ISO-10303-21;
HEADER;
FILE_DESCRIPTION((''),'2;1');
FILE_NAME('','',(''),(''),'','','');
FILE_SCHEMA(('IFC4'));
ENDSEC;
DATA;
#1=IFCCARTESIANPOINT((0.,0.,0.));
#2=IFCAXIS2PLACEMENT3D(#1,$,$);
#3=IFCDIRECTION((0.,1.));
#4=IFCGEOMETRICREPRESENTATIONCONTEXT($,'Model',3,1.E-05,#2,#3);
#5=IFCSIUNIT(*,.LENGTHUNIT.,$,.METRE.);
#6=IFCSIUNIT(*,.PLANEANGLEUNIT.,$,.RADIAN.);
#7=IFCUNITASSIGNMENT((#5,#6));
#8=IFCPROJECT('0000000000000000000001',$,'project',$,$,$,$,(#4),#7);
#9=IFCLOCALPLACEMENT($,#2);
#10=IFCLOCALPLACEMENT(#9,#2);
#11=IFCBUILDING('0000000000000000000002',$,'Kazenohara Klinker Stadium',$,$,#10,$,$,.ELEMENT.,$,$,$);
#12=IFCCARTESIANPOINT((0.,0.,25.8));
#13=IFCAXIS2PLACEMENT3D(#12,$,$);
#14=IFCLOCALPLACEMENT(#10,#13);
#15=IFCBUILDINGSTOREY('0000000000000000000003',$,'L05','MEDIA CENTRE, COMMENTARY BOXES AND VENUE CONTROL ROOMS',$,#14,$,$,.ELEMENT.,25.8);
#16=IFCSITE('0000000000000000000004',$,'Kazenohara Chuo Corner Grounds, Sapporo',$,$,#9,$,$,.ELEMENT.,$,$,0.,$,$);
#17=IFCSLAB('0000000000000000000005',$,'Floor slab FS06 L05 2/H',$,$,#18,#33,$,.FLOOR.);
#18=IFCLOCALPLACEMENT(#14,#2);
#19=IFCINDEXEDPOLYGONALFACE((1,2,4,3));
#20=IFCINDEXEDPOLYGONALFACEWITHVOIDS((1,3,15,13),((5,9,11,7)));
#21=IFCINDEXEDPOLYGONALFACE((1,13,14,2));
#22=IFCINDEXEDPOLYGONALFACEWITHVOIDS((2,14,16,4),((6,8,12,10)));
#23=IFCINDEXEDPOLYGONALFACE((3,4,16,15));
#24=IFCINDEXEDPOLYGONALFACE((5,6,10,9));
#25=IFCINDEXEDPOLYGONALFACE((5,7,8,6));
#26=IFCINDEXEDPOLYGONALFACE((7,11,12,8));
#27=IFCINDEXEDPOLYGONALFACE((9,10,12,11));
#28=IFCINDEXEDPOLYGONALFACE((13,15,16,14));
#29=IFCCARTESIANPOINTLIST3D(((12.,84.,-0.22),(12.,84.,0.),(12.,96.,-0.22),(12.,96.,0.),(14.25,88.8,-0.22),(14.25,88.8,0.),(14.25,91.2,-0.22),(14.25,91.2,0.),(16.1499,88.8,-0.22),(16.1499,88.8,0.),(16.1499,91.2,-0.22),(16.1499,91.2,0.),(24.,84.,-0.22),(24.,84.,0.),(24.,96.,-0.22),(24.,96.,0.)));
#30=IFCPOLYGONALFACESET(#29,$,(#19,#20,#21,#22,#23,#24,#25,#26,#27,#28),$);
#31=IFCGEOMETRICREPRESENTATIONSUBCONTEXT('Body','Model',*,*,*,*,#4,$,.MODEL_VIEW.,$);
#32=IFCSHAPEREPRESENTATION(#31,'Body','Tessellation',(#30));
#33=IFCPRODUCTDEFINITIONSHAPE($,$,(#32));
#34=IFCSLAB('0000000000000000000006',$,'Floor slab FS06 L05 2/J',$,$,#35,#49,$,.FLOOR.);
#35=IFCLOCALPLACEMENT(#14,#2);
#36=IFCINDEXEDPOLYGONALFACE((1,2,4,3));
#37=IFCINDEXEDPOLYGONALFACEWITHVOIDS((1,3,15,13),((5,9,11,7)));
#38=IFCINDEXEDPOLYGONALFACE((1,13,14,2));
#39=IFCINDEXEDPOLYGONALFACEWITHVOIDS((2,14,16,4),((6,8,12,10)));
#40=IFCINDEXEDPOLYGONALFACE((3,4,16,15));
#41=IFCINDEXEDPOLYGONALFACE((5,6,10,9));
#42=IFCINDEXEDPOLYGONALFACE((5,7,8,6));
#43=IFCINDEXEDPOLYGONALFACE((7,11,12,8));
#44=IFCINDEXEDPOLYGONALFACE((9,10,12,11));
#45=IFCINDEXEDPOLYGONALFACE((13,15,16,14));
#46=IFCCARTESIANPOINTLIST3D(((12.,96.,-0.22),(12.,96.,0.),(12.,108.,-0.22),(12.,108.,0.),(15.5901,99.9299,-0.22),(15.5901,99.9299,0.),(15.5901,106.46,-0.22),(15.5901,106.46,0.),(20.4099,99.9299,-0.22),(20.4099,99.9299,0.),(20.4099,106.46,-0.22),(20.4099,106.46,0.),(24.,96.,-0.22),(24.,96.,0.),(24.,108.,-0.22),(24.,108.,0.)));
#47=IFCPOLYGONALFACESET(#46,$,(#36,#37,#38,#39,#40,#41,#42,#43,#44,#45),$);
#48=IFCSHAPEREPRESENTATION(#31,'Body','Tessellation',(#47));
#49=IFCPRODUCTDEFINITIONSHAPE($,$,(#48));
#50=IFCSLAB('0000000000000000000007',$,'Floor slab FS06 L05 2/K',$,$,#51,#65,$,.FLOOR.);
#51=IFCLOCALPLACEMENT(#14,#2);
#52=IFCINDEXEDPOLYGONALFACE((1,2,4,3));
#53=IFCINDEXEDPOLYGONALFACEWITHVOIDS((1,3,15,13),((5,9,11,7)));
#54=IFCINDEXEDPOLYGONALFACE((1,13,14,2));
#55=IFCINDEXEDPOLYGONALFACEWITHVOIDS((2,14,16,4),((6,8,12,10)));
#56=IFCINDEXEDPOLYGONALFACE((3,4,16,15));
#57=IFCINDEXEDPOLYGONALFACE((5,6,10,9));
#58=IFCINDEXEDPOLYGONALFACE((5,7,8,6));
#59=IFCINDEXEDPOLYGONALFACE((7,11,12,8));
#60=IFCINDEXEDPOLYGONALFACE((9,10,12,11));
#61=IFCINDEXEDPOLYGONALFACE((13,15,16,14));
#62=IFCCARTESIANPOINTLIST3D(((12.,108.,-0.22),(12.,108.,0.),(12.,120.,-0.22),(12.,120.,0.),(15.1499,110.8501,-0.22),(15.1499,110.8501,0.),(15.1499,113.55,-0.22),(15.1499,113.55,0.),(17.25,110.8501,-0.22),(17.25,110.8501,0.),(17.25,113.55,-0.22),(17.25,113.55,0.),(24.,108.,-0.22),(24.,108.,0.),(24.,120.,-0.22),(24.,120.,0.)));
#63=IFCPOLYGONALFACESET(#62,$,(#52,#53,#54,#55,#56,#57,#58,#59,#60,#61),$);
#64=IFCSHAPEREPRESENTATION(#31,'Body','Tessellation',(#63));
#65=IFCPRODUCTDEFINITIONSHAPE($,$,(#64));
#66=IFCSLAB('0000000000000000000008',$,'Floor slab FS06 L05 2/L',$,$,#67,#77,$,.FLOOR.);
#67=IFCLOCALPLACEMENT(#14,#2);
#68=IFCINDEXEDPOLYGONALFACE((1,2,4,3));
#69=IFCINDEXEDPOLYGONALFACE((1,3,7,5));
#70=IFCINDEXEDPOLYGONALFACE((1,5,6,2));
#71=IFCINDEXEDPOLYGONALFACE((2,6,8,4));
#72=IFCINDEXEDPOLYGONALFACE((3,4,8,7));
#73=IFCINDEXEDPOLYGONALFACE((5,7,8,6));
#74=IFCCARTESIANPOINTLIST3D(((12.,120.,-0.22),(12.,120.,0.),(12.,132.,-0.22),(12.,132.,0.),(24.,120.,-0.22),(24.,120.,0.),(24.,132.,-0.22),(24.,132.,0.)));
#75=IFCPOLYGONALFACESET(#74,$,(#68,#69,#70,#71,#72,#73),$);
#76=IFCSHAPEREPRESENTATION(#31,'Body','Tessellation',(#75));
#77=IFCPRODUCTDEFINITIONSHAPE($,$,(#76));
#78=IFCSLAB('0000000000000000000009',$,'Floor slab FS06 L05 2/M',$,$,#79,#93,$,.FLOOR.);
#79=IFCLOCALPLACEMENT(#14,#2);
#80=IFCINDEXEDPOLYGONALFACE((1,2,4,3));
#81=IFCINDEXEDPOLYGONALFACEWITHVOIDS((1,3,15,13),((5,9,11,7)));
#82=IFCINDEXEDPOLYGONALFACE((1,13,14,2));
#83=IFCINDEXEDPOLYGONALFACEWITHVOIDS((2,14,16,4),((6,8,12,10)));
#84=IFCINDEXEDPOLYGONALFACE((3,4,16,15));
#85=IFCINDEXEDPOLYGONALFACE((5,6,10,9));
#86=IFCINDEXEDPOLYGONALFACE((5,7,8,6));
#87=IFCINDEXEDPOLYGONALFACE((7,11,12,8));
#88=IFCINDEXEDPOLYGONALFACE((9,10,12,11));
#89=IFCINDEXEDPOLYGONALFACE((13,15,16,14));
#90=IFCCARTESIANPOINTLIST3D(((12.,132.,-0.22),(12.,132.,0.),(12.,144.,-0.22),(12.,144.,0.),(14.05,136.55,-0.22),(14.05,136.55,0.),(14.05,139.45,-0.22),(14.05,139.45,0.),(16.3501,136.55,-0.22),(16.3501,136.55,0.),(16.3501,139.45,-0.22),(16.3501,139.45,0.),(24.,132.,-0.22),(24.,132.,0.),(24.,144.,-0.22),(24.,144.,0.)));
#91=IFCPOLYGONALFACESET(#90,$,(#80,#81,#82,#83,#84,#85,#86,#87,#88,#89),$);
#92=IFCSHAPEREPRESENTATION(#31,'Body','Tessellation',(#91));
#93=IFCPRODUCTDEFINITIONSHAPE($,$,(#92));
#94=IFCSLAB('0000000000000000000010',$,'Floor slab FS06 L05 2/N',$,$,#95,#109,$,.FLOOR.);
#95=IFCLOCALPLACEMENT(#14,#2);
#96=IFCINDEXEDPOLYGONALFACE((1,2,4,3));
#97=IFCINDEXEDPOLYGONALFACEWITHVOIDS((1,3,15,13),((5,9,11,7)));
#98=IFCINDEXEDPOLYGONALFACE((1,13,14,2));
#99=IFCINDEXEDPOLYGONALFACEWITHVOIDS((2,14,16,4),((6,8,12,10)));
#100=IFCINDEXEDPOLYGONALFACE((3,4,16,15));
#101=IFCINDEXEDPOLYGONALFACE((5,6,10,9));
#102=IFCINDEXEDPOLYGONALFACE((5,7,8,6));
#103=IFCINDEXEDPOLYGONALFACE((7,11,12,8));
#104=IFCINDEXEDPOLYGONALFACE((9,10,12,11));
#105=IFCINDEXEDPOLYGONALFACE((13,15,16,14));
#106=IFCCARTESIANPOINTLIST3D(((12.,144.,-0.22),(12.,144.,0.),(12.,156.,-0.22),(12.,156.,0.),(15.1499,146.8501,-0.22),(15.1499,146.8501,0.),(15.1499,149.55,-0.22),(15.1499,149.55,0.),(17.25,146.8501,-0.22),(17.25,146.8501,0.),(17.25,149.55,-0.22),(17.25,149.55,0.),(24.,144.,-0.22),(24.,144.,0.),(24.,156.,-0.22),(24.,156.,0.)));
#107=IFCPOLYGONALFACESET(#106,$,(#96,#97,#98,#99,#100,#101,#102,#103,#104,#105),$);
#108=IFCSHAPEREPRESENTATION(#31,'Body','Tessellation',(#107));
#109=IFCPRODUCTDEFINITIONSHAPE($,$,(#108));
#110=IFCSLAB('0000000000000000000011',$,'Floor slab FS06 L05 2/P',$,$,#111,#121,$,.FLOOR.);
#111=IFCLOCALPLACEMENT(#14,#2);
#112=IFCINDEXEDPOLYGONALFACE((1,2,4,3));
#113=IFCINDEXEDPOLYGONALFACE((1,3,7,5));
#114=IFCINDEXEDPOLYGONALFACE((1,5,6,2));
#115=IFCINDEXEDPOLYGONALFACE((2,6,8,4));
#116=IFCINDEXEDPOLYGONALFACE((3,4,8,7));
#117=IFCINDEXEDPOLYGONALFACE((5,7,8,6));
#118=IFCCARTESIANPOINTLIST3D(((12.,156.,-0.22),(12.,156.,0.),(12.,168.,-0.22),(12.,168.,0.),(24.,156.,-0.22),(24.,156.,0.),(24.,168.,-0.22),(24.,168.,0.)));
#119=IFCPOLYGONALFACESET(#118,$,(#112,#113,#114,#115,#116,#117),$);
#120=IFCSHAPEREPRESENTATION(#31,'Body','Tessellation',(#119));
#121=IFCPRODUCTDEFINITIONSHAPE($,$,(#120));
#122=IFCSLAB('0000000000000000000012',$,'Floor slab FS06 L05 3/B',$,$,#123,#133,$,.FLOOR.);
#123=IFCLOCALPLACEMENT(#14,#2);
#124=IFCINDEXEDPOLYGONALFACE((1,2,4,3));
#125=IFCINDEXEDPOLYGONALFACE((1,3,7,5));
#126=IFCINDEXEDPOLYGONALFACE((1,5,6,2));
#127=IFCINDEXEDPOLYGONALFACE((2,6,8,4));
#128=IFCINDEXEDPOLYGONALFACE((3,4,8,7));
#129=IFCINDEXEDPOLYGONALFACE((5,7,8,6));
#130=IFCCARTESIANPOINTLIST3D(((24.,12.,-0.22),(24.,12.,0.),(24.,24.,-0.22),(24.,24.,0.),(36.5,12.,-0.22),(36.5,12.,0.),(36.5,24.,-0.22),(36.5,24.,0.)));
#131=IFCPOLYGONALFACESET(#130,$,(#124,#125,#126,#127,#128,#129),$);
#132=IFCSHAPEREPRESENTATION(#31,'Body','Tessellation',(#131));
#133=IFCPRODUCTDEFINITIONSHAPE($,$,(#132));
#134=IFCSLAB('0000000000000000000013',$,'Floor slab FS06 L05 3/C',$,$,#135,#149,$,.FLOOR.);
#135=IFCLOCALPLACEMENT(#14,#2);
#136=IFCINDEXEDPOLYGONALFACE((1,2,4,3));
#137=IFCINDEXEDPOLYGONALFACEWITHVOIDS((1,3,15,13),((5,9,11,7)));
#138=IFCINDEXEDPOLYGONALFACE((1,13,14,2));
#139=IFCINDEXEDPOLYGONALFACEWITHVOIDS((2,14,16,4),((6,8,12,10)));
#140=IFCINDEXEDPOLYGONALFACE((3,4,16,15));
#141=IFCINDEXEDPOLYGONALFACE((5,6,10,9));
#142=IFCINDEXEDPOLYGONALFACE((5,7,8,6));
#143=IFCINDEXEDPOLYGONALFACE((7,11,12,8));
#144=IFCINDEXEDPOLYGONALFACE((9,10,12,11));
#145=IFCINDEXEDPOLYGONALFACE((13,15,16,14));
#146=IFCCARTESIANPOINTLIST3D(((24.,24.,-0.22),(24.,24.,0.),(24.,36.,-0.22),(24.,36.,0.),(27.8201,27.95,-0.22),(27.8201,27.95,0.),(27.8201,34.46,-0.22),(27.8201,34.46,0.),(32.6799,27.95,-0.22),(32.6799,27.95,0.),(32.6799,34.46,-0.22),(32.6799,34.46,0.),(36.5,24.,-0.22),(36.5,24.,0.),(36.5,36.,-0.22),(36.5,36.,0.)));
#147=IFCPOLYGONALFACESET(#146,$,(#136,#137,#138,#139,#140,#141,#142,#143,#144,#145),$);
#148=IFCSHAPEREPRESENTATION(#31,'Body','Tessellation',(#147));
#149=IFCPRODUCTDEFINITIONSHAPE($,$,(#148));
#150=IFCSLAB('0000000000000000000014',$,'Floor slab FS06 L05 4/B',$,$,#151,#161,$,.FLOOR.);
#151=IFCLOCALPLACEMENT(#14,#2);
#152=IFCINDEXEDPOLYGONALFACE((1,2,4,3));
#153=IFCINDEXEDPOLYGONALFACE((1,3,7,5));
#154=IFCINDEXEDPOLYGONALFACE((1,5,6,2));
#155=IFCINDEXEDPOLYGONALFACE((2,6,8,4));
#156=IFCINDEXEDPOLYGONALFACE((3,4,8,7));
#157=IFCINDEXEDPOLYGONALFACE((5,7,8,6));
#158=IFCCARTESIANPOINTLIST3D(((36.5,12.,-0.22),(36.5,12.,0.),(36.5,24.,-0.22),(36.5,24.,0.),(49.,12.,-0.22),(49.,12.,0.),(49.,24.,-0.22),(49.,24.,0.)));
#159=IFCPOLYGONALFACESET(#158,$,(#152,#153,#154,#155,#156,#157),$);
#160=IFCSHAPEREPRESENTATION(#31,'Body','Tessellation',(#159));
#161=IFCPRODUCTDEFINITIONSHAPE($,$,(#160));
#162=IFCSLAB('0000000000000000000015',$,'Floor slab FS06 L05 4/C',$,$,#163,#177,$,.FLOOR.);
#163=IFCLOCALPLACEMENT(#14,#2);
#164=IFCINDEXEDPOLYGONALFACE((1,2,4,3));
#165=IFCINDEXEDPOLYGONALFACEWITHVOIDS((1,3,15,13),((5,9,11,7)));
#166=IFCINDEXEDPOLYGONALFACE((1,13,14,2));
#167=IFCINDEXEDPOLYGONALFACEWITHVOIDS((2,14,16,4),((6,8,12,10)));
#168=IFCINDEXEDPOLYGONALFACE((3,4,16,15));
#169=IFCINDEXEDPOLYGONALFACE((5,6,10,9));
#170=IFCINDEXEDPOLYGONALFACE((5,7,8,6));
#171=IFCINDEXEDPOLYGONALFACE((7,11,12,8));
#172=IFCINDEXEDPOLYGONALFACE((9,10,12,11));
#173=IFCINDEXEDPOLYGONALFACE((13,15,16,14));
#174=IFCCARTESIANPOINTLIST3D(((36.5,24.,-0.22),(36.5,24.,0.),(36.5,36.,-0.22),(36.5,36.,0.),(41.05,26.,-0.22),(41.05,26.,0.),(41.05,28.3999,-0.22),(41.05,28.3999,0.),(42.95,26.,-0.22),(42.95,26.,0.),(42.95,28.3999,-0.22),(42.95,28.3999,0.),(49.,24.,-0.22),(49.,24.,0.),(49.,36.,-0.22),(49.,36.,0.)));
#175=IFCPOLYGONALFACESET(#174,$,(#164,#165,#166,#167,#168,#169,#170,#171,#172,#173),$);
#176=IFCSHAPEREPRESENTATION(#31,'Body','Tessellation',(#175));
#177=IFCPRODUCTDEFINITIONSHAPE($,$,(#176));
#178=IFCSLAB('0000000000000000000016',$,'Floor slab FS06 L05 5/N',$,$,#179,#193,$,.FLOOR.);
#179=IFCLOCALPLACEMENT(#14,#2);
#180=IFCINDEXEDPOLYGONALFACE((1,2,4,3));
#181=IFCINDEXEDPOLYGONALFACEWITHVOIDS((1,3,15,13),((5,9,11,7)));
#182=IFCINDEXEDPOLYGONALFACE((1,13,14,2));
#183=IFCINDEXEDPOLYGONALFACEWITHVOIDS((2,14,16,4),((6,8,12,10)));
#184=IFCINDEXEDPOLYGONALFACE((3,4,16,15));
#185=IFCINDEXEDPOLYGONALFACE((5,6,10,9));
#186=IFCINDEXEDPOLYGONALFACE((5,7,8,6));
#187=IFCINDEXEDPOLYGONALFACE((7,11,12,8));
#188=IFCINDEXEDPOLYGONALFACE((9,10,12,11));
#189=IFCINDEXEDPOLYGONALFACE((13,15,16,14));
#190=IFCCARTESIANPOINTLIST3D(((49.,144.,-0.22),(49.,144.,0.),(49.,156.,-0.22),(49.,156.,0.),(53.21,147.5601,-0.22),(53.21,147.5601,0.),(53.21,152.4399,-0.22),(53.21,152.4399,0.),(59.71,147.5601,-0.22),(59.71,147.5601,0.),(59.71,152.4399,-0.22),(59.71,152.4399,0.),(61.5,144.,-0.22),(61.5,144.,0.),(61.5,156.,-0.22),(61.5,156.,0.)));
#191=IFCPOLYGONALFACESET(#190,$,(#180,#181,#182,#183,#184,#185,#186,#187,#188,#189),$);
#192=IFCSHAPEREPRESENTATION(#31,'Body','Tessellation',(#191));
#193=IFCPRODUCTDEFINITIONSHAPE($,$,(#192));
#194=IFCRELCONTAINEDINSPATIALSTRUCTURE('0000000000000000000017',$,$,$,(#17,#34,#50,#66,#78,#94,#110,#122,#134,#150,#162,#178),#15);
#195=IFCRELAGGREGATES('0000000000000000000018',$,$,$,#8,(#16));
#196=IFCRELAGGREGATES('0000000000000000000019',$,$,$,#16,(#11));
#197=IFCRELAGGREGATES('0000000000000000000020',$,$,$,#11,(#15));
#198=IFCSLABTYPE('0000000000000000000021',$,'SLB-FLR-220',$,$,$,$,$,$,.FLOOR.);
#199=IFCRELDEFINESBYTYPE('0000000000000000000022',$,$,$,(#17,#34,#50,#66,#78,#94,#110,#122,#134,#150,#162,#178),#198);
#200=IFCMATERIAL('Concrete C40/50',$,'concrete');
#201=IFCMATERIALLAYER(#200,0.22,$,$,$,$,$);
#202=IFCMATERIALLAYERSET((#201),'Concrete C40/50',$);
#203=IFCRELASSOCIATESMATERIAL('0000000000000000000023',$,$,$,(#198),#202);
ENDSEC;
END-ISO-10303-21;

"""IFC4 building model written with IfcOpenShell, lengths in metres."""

from ifc_helpers import new_model, si_unit, direction, frame, origin, place, context, subcontext, project, spatial, polyline, outline, extrude, material, layer, layer_set, type_object, element, save


model = new_model("IFC4")

# Units and contexts
model_context = context("Model", 3, precision=1e-05, world=origin(), true_north=direction((0.0, 1.0)))
body_context = subcontext(model_context, "Body", "Model", "MODEL_VIEW")
ifc_project = project(units=[si_unit("LENGTHUNIT", "METRE"), si_unit("PLANEANGLEUNIT", "RADIAN")], contexts=[model_context])

# Site, building, storey
site_placement = place(None, origin())
site = spatial("IfcSite", under=ifc_project, at=site_placement, Name="Kazenohara Chuo Corner Grounds, Sapporo", CompositionType="ELEMENT", RefElevation=0.0)
building_placement = place(site_placement, origin())
building = spatial("IfcBuilding", under=site, at=building_placement, Name="Kazenohara Klinker Stadium", CompositionType="ELEMENT")
storey_placement = place(building_placement, frame((0.0, 0.0, 25.8)))
storey = spatial("IfcBuildingStorey", under=building, at=storey_placement, Name="L05", Description="MEDIA CENTRE, COMMENTARY BOXES AND VENUE CONTROL ROOMS", CompositionType="ELEMENT", Elevation=25.8)

# Slabs
ifc_material = material(Name="Concrete C40/50", Category="concrete")
ifc_layer = layer(ifc_material, 0.22)
ifc_layer_set = layer_set([ifc_layer], Name="Concrete C40/50")
slab_type = type_object("IfcSlabType", Name="SLB-FLR-220", PredefinedType="FLOOR", material=ifc_layer_set)
slab_1_placement = place(storey_placement, frame((0.0, 0.0, -0.22)))
element("IfcSlab", 1, at=slab_1_placement, inside=storey, type_object=slab_type, Name="Floor slab FS06 L05 2/H", PredefinedType="FLOOR", context=body_context, shape_type="SweptSolid", body=[
    extrude(outline(polyline([(12.0, 84.0), (24.0, 84.0), (24.0, 96.0), (12.0, 96.0), (12.0, 84.0)]), holes=[polyline([(14.25, 88.8), (16.1499, 88.8), (16.1499, 91.2), (14.25, 91.2), (14.25, 88.8)])]), origin(), (0.0, 0.0, 1.0), 0.22),
])
slab_2_placement = place(storey_placement, frame((0.0, 0.0, -0.22)))
element("IfcSlab", 2, at=slab_2_placement, inside=storey, type_object=slab_type, Name="Floor slab FS06 L05 2/J", PredefinedType="FLOOR", context=body_context, shape_type="SweptSolid", body=[
    extrude(outline(polyline([(12.0, 96.0), (24.0, 96.0), (24.0, 108.0), (12.0, 108.0), (12.0, 96.0)]), holes=[polyline([(20.4099, 99.9299), (20.4099, 106.46), (15.5901, 106.46), (15.5901, 99.9299), (20.4099, 99.9299)])]), origin(), (0.0, 0.0, 1.0), 0.22),
])
slab_3_placement = place(storey_placement, frame((0.0, 0.0, -0.22)))
element("IfcSlab", 3, at=slab_3_placement, inside=storey, type_object=slab_type, Name="Floor slab FS06 L05 2/K", PredefinedType="FLOOR", context=body_context, shape_type="SweptSolid", body=[
    extrude(outline(polyline([(12.0, 108.0), (24.0, 108.0), (24.0, 120.0), (12.0, 120.0), (12.0, 108.0)]), holes=[polyline([(15.1499, 110.8501), (17.25, 110.8501), (17.25, 113.55), (15.1499, 113.55), (15.1499, 110.8501)])]), origin(), (0.0, 0.0, 1.0), 0.22),
])
slab_4_placement = place(storey_placement, frame((0.0, 0.0, -0.22)))
element("IfcSlab", 4, at=slab_4_placement, inside=storey, type_object=slab_type, Name="Floor slab FS06 L05 2/L", PredefinedType="FLOOR", context=body_context, shape_type="SweptSolid", body=[
    extrude(outline(polyline([(12.0, 120.0), (24.0, 120.0), (24.0, 132.0), (12.0, 132.0), (12.0, 120.0)])), origin(), (0.0, 0.0, 1.0), 0.22),
])
slab_5_placement = place(storey_placement, frame((0.0, 0.0, -0.22)))
element("IfcSlab", 5, at=slab_5_placement, inside=storey, type_object=slab_type, Name="Floor slab FS06 L05 2/M", PredefinedType="FLOOR", context=body_context, shape_type="SweptSolid", body=[
    extrude(outline(polyline([(12.0, 132.0), (24.0, 132.0), (24.0, 144.0), (12.0, 144.0), (12.0, 132.0)]), holes=[polyline([(14.05, 136.55), (16.3501, 136.55), (16.3501, 139.45), (14.05, 139.45), (14.05, 136.55)])]), origin(), (0.0, 0.0, 1.0), 0.22),
])
slab_6_placement = place(storey_placement, frame((0.0, 0.0, -0.22)))
element("IfcSlab", 6, at=slab_6_placement, inside=storey, type_object=slab_type, Name="Floor slab FS06 L05 2/N", PredefinedType="FLOOR", context=body_context, shape_type="SweptSolid", body=[
    extrude(outline(polyline([(12.0, 144.0), (24.0, 144.0), (24.0, 156.0), (12.0, 156.0), (12.0, 144.0)]), holes=[polyline([(15.1499, 146.8501), (17.25, 146.8501), (17.25, 149.55), (15.1499, 149.55), (15.1499, 146.8501)])]), origin(), (0.0, 0.0, 1.0), 0.22),
])
slab_7_placement = place(storey_placement, frame((0.0, 0.0, -0.22)))
element("IfcSlab", 7, at=slab_7_placement, inside=storey, type_object=slab_type, Name="Floor slab FS06 L05 2/P", PredefinedType="FLOOR", context=body_context, shape_type="SweptSolid", body=[
    extrude(outline(polyline([(12.0, 156.0), (24.0, 156.0), (24.0, 168.0), (12.0, 168.0), (12.0, 156.0)])), origin(), (0.0, 0.0, 1.0), 0.22),
])
slab_8_placement = place(storey_placement, frame((0.0, 0.0, -0.22)))
element("IfcSlab", 8, at=slab_8_placement, inside=storey, type_object=slab_type, Name="Floor slab FS06 L05 3/B", PredefinedType="FLOOR", context=body_context, shape_type="SweptSolid", body=[
    extrude(outline(polyline([(24.0, 12.0), (36.5, 12.0), (36.5, 24.0), (24.0, 24.0), (24.0, 12.0)])), origin(), (0.0, 0.0, 1.0), 0.22),
])
slab_9_placement = place(storey_placement, frame((0.0, 0.0, -0.22)))
element("IfcSlab", 9, at=slab_9_placement, inside=storey, type_object=slab_type, Name="Floor slab FS06 L05 3/C", PredefinedType="FLOOR", context=body_context, shape_type="SweptSolid", body=[
    extrude(outline(polyline([(24.0, 24.0), (36.5, 24.0), (36.5, 36.0), (24.0, 36.0), (24.0, 24.0)]), holes=[polyline([(32.6799, 27.95), (32.6799, 34.46), (27.8201, 34.46), (27.8201, 27.95), (32.6799, 27.95)])]), origin(), (0.0, 0.0, 1.0), 0.22),
])
slab_10_placement = place(storey_placement, frame((0.0, 0.0, -0.22)))
element("IfcSlab", 10, at=slab_10_placement, inside=storey, type_object=slab_type, Name="Floor slab FS06 L05 4/B", PredefinedType="FLOOR", context=body_context, shape_type="SweptSolid", body=[
    extrude(outline(polyline([(36.5, 12.0), (49.0, 12.0), (49.0, 24.0), (36.5, 24.0), (36.5, 12.0)])), origin(), (0.0, 0.0, 1.0), 0.22),
])
slab_11_placement = place(storey_placement, frame((0.0, 0.0, -0.22)))
element("IfcSlab", 11, at=slab_11_placement, inside=storey, type_object=slab_type, Name="Floor slab FS06 L05 4/C", PredefinedType="FLOOR", context=body_context, shape_type="SweptSolid", body=[
    extrude(outline(polyline([(36.5, 24.0), (49.0, 24.0), (49.0, 36.0), (36.5, 36.0), (36.5, 24.0)]), holes=[polyline([(41.05, 26.0), (42.95, 26.0), (42.95, 28.3999), (41.05, 28.3999), (41.05, 26.0)])]), origin(), (0.0, 0.0, 1.0), 0.22),
])
slab_12_placement = place(storey_placement, frame((0.0, 0.0, -0.22)))
element("IfcSlab", 12, at=slab_12_placement, inside=storey, type_object=slab_type, Name="Floor slab FS06 L05 5/N", PredefinedType="FLOOR", context=body_context, shape_type="SweptSolid", body=[
    extrude(outline(polyline([(49.0, 144.0), (61.5, 144.0), (61.5, 156.0), (49.0, 156.0), (49.0, 144.0)]), holes=[polyline([(53.21, 147.5601), (59.71, 147.5601), (59.71, 152.4399), (53.21, 152.4399), (53.21, 147.5601)])]), origin(), (0.0, 0.0, 1.0), 0.22),
])

save(model, "model.ifc")
